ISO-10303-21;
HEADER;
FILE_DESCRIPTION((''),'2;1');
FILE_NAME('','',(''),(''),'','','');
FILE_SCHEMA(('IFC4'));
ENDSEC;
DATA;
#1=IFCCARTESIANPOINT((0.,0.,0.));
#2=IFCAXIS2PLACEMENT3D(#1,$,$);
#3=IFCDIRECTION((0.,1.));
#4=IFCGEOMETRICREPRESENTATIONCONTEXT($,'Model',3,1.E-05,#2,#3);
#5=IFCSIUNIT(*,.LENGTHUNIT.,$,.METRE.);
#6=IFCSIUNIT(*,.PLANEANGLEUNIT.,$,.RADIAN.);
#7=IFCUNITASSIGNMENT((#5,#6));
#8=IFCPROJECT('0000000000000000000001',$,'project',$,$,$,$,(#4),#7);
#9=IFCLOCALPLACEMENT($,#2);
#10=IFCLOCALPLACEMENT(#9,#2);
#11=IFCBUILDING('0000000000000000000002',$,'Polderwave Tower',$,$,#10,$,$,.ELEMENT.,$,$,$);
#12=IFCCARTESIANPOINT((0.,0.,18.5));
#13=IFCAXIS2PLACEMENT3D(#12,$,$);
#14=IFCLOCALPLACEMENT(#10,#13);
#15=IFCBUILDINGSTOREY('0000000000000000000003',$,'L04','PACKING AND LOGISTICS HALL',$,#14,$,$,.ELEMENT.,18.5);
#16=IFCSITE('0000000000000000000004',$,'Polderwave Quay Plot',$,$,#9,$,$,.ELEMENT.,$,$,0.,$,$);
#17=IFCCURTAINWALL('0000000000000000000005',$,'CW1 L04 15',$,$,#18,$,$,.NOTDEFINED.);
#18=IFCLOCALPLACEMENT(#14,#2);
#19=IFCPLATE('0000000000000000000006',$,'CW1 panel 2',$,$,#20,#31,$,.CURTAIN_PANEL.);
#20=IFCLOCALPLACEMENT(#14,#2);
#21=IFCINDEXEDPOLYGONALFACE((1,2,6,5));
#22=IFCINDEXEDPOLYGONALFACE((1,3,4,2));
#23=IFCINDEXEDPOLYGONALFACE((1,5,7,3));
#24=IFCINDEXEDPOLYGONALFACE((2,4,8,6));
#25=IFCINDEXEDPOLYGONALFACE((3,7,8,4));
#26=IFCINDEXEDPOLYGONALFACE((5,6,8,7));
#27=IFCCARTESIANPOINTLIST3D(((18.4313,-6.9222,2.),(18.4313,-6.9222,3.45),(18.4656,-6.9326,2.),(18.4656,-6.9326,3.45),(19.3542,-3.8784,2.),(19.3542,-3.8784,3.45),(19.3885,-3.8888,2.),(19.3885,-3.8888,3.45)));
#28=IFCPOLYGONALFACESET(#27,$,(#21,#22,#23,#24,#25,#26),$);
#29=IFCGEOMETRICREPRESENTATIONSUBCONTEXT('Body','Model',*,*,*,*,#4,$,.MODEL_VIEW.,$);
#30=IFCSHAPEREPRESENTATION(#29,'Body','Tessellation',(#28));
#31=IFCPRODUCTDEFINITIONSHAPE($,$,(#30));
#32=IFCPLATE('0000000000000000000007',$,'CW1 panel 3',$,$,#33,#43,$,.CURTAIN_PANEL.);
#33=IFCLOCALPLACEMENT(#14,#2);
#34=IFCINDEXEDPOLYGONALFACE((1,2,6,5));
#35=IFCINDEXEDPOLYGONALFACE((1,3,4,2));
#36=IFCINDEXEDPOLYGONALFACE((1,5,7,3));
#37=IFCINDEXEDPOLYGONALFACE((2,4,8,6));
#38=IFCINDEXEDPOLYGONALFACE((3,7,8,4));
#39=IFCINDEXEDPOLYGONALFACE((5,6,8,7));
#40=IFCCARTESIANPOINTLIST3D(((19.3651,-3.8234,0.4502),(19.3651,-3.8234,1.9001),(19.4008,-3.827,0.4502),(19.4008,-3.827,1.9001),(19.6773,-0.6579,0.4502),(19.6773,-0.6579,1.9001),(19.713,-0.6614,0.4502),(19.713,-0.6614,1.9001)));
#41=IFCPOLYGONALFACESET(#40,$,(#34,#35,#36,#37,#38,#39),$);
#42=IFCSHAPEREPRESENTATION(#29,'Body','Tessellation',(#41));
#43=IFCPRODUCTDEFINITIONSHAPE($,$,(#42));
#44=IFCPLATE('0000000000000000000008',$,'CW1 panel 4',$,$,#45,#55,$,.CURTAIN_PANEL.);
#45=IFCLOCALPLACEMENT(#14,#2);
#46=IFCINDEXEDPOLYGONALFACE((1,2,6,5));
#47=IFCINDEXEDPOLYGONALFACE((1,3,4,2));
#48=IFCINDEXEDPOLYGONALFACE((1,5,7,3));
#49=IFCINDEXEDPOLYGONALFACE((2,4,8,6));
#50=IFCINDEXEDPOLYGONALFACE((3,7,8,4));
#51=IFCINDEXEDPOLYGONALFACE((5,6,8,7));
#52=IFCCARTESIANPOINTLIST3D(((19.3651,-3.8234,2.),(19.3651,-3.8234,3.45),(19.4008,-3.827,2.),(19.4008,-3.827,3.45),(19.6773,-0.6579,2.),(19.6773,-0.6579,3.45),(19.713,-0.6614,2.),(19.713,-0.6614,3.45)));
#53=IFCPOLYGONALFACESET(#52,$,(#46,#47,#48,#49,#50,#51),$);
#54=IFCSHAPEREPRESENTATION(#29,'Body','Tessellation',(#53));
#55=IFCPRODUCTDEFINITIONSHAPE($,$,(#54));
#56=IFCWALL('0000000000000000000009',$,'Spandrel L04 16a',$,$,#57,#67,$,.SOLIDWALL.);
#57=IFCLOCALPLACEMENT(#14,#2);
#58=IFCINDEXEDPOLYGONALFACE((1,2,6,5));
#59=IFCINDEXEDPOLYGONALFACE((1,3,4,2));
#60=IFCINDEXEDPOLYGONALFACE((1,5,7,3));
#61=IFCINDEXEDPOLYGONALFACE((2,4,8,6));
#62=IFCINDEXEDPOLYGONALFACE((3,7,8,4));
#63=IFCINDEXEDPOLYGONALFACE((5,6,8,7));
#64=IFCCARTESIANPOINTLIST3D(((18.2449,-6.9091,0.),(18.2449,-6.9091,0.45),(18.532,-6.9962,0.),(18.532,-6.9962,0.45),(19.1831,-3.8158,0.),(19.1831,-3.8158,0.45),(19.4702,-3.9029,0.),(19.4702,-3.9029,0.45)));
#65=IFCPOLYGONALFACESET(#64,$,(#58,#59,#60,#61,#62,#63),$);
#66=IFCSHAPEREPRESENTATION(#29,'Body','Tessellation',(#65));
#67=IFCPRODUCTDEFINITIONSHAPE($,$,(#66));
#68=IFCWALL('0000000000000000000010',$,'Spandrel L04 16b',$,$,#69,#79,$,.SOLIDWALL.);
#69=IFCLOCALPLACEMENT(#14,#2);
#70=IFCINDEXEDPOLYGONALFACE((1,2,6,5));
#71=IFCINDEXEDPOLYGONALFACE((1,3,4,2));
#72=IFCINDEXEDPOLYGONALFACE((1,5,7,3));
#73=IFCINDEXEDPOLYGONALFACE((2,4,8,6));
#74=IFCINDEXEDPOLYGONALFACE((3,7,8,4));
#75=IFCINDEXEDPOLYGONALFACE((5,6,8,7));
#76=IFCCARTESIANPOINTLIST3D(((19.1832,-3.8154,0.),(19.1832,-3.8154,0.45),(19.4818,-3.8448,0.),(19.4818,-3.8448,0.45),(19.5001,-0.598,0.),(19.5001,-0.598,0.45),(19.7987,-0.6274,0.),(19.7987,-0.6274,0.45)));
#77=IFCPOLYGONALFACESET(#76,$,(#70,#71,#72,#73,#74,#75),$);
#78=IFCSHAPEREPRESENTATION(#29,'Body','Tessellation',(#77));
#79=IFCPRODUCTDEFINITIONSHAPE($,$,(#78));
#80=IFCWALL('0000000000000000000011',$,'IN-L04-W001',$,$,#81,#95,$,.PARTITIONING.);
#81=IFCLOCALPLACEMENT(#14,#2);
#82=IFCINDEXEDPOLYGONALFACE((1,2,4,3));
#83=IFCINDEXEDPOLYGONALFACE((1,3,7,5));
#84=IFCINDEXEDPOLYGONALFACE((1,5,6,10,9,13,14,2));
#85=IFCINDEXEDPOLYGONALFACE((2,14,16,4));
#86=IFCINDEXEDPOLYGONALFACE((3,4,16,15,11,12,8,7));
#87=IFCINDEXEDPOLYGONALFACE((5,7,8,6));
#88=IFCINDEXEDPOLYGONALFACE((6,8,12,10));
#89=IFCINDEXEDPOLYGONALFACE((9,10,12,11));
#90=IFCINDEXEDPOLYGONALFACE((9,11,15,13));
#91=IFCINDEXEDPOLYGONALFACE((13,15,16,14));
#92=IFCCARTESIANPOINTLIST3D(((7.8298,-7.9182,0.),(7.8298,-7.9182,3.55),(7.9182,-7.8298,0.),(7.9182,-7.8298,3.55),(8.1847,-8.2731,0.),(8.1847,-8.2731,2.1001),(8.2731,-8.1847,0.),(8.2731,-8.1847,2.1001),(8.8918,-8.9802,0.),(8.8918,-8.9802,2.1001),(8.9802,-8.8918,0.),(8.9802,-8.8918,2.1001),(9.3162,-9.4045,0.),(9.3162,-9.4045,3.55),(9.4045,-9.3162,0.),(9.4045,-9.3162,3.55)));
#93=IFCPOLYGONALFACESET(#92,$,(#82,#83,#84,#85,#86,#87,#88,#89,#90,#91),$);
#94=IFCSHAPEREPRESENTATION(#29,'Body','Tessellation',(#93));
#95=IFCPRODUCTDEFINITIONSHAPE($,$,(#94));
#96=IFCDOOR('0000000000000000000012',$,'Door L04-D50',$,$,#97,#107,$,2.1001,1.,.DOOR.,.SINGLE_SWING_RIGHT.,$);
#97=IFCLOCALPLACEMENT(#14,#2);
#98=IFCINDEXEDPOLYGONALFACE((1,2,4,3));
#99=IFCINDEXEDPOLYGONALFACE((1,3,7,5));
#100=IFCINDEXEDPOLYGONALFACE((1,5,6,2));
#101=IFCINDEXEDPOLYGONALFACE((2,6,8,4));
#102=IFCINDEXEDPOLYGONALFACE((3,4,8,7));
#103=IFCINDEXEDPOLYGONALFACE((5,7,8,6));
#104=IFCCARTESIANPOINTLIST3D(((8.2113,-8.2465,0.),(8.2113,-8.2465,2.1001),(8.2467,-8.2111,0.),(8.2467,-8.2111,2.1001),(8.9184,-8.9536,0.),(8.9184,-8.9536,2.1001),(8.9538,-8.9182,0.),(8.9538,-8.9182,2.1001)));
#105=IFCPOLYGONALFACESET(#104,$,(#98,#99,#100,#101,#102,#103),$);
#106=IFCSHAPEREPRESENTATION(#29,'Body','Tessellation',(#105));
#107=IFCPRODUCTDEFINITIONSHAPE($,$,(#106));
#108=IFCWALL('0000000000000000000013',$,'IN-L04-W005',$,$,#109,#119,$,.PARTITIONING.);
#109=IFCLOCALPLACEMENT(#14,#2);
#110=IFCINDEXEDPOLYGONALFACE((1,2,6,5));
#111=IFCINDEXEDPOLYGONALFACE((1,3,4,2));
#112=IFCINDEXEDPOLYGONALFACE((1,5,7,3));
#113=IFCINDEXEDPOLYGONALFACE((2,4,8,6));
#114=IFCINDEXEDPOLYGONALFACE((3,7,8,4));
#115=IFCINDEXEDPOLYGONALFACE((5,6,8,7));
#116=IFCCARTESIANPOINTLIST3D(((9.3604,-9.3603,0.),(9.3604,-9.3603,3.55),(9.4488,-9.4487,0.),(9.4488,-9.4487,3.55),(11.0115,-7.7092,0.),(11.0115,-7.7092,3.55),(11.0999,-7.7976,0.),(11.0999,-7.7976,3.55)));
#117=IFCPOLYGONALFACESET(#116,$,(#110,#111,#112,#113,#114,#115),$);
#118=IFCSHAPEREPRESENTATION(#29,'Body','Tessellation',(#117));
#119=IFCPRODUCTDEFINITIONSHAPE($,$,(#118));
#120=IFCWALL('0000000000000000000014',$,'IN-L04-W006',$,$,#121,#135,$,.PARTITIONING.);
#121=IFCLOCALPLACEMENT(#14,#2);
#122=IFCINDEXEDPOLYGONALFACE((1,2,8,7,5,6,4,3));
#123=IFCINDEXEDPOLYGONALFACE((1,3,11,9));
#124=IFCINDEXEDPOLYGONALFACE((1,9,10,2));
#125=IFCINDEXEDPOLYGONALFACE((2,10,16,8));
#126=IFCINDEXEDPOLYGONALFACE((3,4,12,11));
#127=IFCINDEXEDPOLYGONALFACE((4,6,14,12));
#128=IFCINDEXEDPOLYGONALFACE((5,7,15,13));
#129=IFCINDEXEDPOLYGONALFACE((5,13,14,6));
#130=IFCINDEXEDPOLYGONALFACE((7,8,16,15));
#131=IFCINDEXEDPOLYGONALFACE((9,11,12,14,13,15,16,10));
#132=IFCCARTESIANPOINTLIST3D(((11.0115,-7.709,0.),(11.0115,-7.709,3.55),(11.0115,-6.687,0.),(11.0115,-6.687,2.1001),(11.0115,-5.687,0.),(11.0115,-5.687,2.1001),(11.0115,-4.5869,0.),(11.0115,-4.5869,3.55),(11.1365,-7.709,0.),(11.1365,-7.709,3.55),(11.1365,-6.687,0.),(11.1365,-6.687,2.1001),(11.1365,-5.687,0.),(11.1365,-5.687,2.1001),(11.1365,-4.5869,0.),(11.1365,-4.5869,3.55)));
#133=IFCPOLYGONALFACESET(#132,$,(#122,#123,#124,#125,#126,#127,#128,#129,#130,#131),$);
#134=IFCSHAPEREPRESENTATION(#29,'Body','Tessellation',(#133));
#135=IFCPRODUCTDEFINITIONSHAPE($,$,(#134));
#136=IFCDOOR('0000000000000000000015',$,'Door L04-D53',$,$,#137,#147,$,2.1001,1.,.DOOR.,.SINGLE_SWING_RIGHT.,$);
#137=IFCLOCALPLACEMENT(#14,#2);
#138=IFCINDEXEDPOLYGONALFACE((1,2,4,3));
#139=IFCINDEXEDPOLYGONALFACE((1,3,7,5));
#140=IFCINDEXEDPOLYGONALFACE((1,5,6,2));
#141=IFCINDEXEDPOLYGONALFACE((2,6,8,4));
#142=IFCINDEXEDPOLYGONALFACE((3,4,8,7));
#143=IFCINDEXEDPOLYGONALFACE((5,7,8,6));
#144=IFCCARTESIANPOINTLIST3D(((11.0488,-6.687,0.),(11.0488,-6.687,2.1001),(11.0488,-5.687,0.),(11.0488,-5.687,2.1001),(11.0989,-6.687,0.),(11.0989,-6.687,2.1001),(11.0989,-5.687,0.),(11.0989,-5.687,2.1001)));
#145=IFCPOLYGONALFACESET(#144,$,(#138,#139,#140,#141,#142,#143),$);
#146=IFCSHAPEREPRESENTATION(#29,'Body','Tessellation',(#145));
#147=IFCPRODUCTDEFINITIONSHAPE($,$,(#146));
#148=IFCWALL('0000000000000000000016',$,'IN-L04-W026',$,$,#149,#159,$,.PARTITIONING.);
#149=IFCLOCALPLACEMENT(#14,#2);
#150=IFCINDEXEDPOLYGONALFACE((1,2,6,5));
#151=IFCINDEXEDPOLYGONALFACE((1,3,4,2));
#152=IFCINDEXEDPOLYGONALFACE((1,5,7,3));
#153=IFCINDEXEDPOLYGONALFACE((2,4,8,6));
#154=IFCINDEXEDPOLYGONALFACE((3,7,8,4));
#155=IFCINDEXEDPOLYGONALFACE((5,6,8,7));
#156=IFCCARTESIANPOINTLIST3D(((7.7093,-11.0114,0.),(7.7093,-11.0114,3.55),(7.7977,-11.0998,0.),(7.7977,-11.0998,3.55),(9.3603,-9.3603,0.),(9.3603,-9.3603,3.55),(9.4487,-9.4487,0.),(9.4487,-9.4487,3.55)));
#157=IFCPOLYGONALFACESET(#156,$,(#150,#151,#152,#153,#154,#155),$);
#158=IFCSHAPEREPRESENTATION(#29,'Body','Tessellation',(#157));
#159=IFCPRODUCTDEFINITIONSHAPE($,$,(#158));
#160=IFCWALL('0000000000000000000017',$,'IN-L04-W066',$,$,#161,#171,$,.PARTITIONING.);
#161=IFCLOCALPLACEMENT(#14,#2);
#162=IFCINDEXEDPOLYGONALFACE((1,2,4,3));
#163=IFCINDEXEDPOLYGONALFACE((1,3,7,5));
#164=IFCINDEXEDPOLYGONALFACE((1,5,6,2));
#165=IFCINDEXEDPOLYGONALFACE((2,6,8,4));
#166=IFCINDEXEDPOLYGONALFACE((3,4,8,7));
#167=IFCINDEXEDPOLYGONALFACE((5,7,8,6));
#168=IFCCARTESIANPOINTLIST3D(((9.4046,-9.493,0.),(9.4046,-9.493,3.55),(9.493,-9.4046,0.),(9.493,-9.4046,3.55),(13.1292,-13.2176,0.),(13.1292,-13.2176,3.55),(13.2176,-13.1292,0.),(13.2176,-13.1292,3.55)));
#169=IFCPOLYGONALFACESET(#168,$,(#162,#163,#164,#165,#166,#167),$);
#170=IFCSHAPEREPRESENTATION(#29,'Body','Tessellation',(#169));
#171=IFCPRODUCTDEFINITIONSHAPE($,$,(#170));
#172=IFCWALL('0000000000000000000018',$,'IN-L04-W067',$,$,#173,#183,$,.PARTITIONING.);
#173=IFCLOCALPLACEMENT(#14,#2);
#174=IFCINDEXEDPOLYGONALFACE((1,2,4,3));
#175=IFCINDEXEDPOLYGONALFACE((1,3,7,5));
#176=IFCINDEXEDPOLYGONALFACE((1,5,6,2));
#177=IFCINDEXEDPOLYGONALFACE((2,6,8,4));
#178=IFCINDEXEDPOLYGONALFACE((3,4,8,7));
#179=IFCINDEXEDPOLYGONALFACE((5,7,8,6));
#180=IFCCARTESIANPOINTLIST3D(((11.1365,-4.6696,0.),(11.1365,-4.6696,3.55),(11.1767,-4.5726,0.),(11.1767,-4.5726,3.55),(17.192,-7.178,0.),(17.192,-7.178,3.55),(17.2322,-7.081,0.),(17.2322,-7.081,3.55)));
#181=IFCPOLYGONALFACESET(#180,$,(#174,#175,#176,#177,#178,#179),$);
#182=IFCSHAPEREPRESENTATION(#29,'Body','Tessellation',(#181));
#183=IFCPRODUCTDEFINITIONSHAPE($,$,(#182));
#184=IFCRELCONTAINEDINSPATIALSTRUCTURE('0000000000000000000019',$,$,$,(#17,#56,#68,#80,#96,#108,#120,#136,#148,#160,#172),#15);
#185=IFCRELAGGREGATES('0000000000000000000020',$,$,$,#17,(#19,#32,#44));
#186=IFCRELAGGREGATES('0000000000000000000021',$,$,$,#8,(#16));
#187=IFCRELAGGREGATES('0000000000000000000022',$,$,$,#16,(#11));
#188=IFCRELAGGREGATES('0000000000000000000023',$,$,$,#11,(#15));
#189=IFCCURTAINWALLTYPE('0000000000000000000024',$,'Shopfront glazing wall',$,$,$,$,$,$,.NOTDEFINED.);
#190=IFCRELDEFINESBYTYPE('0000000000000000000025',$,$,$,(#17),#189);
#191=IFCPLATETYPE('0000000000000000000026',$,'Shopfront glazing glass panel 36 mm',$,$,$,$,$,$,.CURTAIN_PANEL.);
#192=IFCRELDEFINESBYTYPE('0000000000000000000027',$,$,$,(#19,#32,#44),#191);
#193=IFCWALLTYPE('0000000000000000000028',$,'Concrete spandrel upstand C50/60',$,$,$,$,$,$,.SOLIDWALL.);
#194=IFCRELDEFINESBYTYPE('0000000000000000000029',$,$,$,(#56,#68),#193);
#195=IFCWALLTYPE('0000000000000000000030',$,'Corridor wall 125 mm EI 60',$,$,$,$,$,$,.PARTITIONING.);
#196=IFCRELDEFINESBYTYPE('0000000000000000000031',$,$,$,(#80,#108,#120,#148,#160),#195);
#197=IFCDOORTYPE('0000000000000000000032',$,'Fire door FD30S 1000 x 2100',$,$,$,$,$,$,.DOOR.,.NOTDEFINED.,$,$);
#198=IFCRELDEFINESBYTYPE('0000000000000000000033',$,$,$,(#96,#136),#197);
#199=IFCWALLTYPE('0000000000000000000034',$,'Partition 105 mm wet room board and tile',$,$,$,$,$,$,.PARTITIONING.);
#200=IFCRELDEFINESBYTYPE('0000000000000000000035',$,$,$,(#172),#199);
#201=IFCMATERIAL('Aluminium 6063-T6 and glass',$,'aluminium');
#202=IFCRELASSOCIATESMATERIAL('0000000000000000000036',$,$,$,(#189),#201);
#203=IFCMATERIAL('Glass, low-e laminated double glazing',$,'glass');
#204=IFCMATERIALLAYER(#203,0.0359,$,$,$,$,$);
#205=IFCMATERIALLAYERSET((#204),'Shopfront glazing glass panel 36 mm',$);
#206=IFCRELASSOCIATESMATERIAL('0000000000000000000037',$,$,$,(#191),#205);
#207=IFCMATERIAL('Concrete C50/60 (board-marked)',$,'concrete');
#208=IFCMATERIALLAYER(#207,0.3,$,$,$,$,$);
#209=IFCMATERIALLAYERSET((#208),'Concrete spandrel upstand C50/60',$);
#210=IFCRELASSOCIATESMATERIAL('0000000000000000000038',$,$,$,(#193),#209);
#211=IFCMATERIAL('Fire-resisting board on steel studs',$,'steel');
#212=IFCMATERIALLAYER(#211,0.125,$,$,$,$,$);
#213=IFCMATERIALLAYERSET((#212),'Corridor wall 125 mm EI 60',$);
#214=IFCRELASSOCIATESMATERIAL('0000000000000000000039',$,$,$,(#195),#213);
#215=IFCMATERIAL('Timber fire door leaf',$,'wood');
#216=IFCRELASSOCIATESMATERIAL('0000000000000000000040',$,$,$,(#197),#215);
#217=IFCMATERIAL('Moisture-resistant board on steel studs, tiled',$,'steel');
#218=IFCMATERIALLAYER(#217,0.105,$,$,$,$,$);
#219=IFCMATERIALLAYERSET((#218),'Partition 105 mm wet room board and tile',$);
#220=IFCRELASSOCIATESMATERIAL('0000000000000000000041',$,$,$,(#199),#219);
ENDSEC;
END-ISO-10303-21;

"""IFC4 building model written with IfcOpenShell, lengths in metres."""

from ifc_helpers import new_model, si_unit, direction, frame, frame_2d, origin, origin_2d, place, context, subcontext, project, spatial, rectangle, extrude, material, layer, layer_set, type_object, element, fill, aggregate, save


model = new_model("IFC4")

# Units and contexts
model_context = context("Model", 3, precision=1e-05, world=origin(), true_north=direction((0.0, 1.0)))
body_context = subcontext(model_context, "Body", "Model", "MODEL_VIEW")
ifc_project = project(units=[si_unit("LENGTHUNIT", "METRE"), si_unit("PLANEANGLEUNIT", "RADIAN")], contexts=[model_context])

# Site, building, storey
site_placement = place(None, origin())
site = spatial("IfcSite", under=ifc_project, at=site_placement, Name="Polderwave Quay Plot", CompositionType="ELEMENT", RefElevation=0.0)
building_placement = place(site_placement, origin())
building = spatial("IfcBuilding", under=site, at=building_placement, Name="Polderwave Tower", CompositionType="ELEMENT")
storey_placement = place(building_placement, frame((0.0, 0.0, 18.5)))
storey = spatial("IfcBuildingStorey", under=building, at=storey_placement, Name="L04", Description="PACKING AND LOGISTICS HALL", CompositionType="ELEMENT", Elevation=18.5)

# Shared definitions
ifc_material_1 = material(Name="Aluminium 6063-T6 and glass", Category="aluminium")
curtain_wall_type = type_object("IfcCurtainWallType", Name="Shopfront glazing wall", PredefinedType="NOTDEFINED", material=ifc_material_1)

# Curtain wall
curtain_wall_1_placement = place(storey_placement, origin())
curtain_wall_1 = element("IfcCurtainWall", 1, at=curtain_wall_1_placement, inside=storey, type_object=curtain_wall_type, Name="CW1 L04 15", PredefinedType="NOTDEFINED")

# Plates
ifc_material_2 = material(Name="Glass, low-e laminated double glazing", Category="glass")
ifc_layer_1 = layer(ifc_material_2, 0.0359)
ifc_layer_set_1 = layer_set([ifc_layer_1], Name="Shopfront glazing glass panel 36 mm")
plate_type = type_object("IfcPlateType", Name="Shopfront glazing glass panel 36 mm", PredefinedType="CURTAIN_PANEL", material=ifc_layer_set_1)
plate_1_placement = place(storey_placement, frame((18.9099, -5.4055, 2.0), z_axis=(0.0, 0.0, 1.0), x_axis=(0.290151, 0.956981, 0.0)))
plate_1 = element("IfcPlate", 2, at=plate_1_placement, type_object=plate_type, Name="CW1 panel 2", PredefinedType="CURTAIN_PANEL", context=body_context, shape_type="SweptSolid", body=[
    extrude(rectangle(XDim=3.1807, YDim=0.0359, at=origin_2d()), origin(), (0.0, 0.0, 1.0), 1.45),
])
plate_2_placement = place(storey_placement, frame((19.5391, -2.2424, 0.4502), z_axis=(0.0, 0.0, 1.0), x_axis=(0.098142, 0.995172, 0.0)))
plate_2 = element("IfcPlate", 3, at=plate_2_placement, type_object=plate_type, Name="CW1 panel 3", PredefinedType="CURTAIN_PANEL", context=body_context, shape_type="SweptSolid", body=[
    extrude(rectangle(XDim=3.1809, YDim=0.0359, at=origin_2d()), origin(), (0.0, 0.0, 1.0), 1.45),
])
plate_3_placement = place(storey_placement, frame((19.5391, -2.2424, 2.0), z_axis=(0.0, 0.0, 1.0), x_axis=(0.098142, 0.995172, 0.0)))
plate_3 = element("IfcPlate", 4, at=plate_3_placement, type_object=plate_type, Name="CW1 panel 4", PredefinedType="CURTAIN_PANEL", context=body_context, shape_type="SweptSolid", body=[
    extrude(rectangle(XDim=3.1809, YDim=0.0359, at=origin_2d()), origin(), (0.0, 0.0, 1.0), 1.45),
])
aggregate(curtain_wall_1, [plate_1, plate_2, plate_3])

# Walls
ifc_material_3 = material(Name="Concrete C50/60 (board-marked)", Category="concrete")
ifc_layer_2 = layer(ifc_material_3, 0.3)
ifc_layer_set_2 = layer_set([ifc_layer_2], Name="Concrete spandrel upstand C50/60")
wall_type_1 = type_object("IfcWallType", Name="Concrete spandrel upstand C50/60", PredefinedType="SOLIDWALL", material=ifc_layer_set_2)
wall_1_placement = place(storey_placement, frame((18.3884, -6.9526, 0.0), z_axis=(0.0, 0.0, 1.0), x_axis=(0.290257, 0.956949, 0.0)))
element("IfcWall", 5, at=wall_1_placement, inside=storey, type_object=wall_type_1, Name="Spandrel L04 16a", PredefinedType="SOLIDWALL", context=body_context, shape_type="SweptSolid", body=[
    extrude(rectangle(XDim=3.2324, YDim=0.3, at=frame_2d((1.6162, 0.0))), origin(), (0.0, 0.0, 1.0), 0.45),
])
wall_2_placement = place(storey_placement, frame((19.3325, -3.8301, 0.0), z_axis=(0.0, 0.0, 1.0), x_axis=(0.098023, 0.995184, 0.0)))
element("IfcWall", 6, at=wall_2_placement, inside=storey, type_object=wall_type_1, Name="Spandrel L04 16b", PredefinedType="SOLIDWALL", context=body_context, shape_type="SweptSolid", body=[
    extrude(rectangle(XDim=3.2329, YDim=0.3, at=frame_2d((1.6165, 0.0))), origin(), (0.0, 0.0, 1.0), 0.45),
])

# Wall, opening, door
ifc_material_4 = material(Name="Fire-resisting board on steel studs", Category="steel")
ifc_layer_3 = layer(ifc_material_4, 0.125)
ifc_layer_set_3 = layer_set([ifc_layer_3], Name="Corridor wall 125 mm EI 60")
wall_type_2 = type_object("IfcWallType", Name="Corridor wall 125 mm EI 60", PredefinedType="PARTITIONING", material=ifc_layer_set_3)
wall_3_placement = place(storey_placement, frame((9.3604, -9.3604, 0.0), z_axis=(0.0, 0.0, 1.0), x_axis=(-0.707107, 0.707107, 0.0)))
wall_3 = element("IfcWall", 7, at=wall_3_placement, inside=storey, type_object=wall_type_2, Name="IN-L04-W001", PredefinedType="PARTITIONING", context=body_context, shape_type="SweptSolid", body=[
    extrude(rectangle(XDim=2.1021, YDim=0.125, at=frame_2d((1.051, 0.0))), origin(), (0.0, 0.0, 1.0), 3.55),
])
opening_1_placement = place(wall_3_placement, frame((0.6001, 0.0, 0.0)))
opening_1 = element("IfcOpeningElement", 8, at=opening_1_placement, cuts=wall_3, PredefinedType="OPENING", context=body_context, shape_type="SweptSolid", body=[
    extrude(rectangle(XDim=1.0, YDim=2.1001, at=frame_2d((0.5, 1.05))), frame((0.0, 0.0725, 0.0), z_axis=(0.0, -1.0, 0.0), x_axis=(1.0, 0.0, 0.0)), (0.0, 0.0, 1.0), 0.145),
])
ifc_material_5 = material(Name="Timber fire door leaf", Category="wood")
door_type = type_object("IfcDoorType", Name="Fire door FD30S 1000 x 2100", OperationType="NOTDEFINED", PredefinedType="DOOR", material=ifc_material_5)
door_1_placement = place(opening_1_placement, origin())
door_1 = element("IfcDoor", 9, at=door_1_placement, inside=storey, type_object=door_type, Name="Door L04-D50", OperationType="SINGLE_SWING_RIGHT", OverallHeight=2.1001, OverallWidth=1.0, PredefinedType="DOOR", context=body_context, shape_type="SweptSolid", body=[
    extrude(rectangle(XDim=1.0, YDim=2.1001, at=frame_2d((0.5, 1.05))), frame((0.0, 0.0249, 0.0), z_axis=(0.0, -1.0, 0.0), x_axis=(1.0, 0.0, 0.0)), (0.0, 0.0, 1.0), 0.05),
])
fill(opening_1, door_1)

# Wall
wall_4_placement = place(storey_placement, frame((11.0557, -7.7534, 0.0), z_axis=(0.0, 0.0, 1.0), x_axis=(-0.707107, -0.707107, 0.0)))
element("IfcWall", 10, at=wall_4_placement, inside=storey, type_object=wall_type_2, Name="IN-L04-W005", PredefinedType="PARTITIONING", context=body_context, shape_type="SweptSolid", body=[
    extrude(rectangle(XDim=2.335, YDim=0.125, at=frame_2d((1.1675, 0.0))), origin(), (0.0, 0.0, 1.0), 3.55),
])

# Wall, opening, door
wall_5_placement = place(storey_placement, frame((11.074, -4.5869, 0.0), z_axis=(0.0, 0.0, 1.0), x_axis=(0.0, -1.0, 0.0)))
wall_5 = element("IfcWall", 11, at=wall_5_placement, inside=storey, type_object=wall_type_2, Name="IN-L04-W006", PredefinedType="PARTITIONING", context=body_context, shape_type="SweptSolid", body=[
    extrude(rectangle(XDim=3.1221, YDim=0.125, at=frame_2d((1.561, 0.0))), origin(), (0.0, 0.0, 1.0), 3.55),
])
opening_2_placement = place(wall_5_placement, frame((1.1001, 0.0, 0.0)))
opening_2 = element("IfcOpeningElement", 12, at=opening_2_placement, cuts=wall_5, PredefinedType="OPENING", context=body_context, shape_type="SweptSolid", body=[
    extrude(rectangle(XDim=1.0, YDim=2.1001, at=frame_2d((0.5, 1.05))), frame((0.0, 0.0725, 0.0), z_axis=(0.0, -1.0, 0.0), x_axis=(1.0, 0.0, 0.0)), (0.0, 0.0, 1.0), 0.145),
])
door_2_placement = place(opening_2_placement, origin())
door_2 = element("IfcDoor", 13, at=door_2_placement, inside=storey, type_object=door_type, Name="Door L04-D53", OperationType="SINGLE_SWING_RIGHT", OverallHeight=2.1001, OverallWidth=1.0, PredefinedType="DOOR", context=body_context, shape_type="SweptSolid", body=[
    extrude(rectangle(XDim=1.0, YDim=2.1001, at=frame_2d((0.5, 1.05))), frame((0.0, 0.0249, 0.0), z_axis=(0.0, -1.0, 0.0), x_axis=(1.0, 0.0, 0.0)), (0.0, 0.0, 1.0), 0.05),
])
fill(opening_2, door_2)

# Walls
wall_6_placement = place(storey_placement, frame((9.4045, -9.4045, 0.0), z_axis=(0.0, 0.0, 1.0), x_axis=(-0.707107, -0.707107, 0.0)))
element("IfcWall", 14, at=wall_6_placement, inside=storey, type_object=wall_type_2, Name="IN-L04-W026", PredefinedType="PARTITIONING", context=body_context, shape_type="SweptSolid", body=[
    extrude(rectangle(XDim=2.335, YDim=0.125, at=frame_2d((1.1675, 0.0))), origin(), (0.0, 0.0, 1.0), 3.55),
])
wall_7_placement = place(storey_placement, frame((9.4487, -9.4487, 0.0), z_axis=(0.0, 0.0, 1.0), x_axis=(0.707107, -0.707107, 0.0)))
element("IfcWall", 15, at=wall_7_placement, inside=storey, type_object=wall_type_2, Name="IN-L04-W066", PredefinedType="PARTITIONING", context=body_context, shape_type="SweptSolid", body=[
    extrude(rectangle(XDim=5.2673, YDim=0.125, at=frame_2d((2.6338, 0.0))), origin(), (0.0, 0.0, 1.0), 3.55),
])
ifc_material_6 = material(Name="Moisture-resistant board on steel studs, tiled", Category="steel")
ifc_layer_4 = layer(ifc_material_6, 0.105)
ifc_layer_set_4 = layer_set([ifc_layer_4], Name="Partition 105 mm wet room board and tile")
wall_type_3 = type_object("IfcWallType", Name="Partition 105 mm wet room board and tile", PredefinedType="PARTITIONING", material=ifc_layer_set_4)
wall_8_placement = place(storey_placement, frame((11.1565, -4.6211, 0.0), z_axis=(0.0, 0.0, 1.0), x_axis=(0.923876, -0.382692, 0.0)))
element("IfcWall", 16, at=wall_8_placement, inside=storey, type_object=wall_type_3, Name="IN-L04-W067", PredefinedType="PARTITIONING", context=body_context, shape_type="SweptSolid", body=[
    extrude(rectangle(XDim=6.5544, YDim=0.105, at=frame_2d((3.2773, 0.0))), origin(), (0.0, 0.0, 1.0), 3.55),
])

save(model, "model.ifc")
